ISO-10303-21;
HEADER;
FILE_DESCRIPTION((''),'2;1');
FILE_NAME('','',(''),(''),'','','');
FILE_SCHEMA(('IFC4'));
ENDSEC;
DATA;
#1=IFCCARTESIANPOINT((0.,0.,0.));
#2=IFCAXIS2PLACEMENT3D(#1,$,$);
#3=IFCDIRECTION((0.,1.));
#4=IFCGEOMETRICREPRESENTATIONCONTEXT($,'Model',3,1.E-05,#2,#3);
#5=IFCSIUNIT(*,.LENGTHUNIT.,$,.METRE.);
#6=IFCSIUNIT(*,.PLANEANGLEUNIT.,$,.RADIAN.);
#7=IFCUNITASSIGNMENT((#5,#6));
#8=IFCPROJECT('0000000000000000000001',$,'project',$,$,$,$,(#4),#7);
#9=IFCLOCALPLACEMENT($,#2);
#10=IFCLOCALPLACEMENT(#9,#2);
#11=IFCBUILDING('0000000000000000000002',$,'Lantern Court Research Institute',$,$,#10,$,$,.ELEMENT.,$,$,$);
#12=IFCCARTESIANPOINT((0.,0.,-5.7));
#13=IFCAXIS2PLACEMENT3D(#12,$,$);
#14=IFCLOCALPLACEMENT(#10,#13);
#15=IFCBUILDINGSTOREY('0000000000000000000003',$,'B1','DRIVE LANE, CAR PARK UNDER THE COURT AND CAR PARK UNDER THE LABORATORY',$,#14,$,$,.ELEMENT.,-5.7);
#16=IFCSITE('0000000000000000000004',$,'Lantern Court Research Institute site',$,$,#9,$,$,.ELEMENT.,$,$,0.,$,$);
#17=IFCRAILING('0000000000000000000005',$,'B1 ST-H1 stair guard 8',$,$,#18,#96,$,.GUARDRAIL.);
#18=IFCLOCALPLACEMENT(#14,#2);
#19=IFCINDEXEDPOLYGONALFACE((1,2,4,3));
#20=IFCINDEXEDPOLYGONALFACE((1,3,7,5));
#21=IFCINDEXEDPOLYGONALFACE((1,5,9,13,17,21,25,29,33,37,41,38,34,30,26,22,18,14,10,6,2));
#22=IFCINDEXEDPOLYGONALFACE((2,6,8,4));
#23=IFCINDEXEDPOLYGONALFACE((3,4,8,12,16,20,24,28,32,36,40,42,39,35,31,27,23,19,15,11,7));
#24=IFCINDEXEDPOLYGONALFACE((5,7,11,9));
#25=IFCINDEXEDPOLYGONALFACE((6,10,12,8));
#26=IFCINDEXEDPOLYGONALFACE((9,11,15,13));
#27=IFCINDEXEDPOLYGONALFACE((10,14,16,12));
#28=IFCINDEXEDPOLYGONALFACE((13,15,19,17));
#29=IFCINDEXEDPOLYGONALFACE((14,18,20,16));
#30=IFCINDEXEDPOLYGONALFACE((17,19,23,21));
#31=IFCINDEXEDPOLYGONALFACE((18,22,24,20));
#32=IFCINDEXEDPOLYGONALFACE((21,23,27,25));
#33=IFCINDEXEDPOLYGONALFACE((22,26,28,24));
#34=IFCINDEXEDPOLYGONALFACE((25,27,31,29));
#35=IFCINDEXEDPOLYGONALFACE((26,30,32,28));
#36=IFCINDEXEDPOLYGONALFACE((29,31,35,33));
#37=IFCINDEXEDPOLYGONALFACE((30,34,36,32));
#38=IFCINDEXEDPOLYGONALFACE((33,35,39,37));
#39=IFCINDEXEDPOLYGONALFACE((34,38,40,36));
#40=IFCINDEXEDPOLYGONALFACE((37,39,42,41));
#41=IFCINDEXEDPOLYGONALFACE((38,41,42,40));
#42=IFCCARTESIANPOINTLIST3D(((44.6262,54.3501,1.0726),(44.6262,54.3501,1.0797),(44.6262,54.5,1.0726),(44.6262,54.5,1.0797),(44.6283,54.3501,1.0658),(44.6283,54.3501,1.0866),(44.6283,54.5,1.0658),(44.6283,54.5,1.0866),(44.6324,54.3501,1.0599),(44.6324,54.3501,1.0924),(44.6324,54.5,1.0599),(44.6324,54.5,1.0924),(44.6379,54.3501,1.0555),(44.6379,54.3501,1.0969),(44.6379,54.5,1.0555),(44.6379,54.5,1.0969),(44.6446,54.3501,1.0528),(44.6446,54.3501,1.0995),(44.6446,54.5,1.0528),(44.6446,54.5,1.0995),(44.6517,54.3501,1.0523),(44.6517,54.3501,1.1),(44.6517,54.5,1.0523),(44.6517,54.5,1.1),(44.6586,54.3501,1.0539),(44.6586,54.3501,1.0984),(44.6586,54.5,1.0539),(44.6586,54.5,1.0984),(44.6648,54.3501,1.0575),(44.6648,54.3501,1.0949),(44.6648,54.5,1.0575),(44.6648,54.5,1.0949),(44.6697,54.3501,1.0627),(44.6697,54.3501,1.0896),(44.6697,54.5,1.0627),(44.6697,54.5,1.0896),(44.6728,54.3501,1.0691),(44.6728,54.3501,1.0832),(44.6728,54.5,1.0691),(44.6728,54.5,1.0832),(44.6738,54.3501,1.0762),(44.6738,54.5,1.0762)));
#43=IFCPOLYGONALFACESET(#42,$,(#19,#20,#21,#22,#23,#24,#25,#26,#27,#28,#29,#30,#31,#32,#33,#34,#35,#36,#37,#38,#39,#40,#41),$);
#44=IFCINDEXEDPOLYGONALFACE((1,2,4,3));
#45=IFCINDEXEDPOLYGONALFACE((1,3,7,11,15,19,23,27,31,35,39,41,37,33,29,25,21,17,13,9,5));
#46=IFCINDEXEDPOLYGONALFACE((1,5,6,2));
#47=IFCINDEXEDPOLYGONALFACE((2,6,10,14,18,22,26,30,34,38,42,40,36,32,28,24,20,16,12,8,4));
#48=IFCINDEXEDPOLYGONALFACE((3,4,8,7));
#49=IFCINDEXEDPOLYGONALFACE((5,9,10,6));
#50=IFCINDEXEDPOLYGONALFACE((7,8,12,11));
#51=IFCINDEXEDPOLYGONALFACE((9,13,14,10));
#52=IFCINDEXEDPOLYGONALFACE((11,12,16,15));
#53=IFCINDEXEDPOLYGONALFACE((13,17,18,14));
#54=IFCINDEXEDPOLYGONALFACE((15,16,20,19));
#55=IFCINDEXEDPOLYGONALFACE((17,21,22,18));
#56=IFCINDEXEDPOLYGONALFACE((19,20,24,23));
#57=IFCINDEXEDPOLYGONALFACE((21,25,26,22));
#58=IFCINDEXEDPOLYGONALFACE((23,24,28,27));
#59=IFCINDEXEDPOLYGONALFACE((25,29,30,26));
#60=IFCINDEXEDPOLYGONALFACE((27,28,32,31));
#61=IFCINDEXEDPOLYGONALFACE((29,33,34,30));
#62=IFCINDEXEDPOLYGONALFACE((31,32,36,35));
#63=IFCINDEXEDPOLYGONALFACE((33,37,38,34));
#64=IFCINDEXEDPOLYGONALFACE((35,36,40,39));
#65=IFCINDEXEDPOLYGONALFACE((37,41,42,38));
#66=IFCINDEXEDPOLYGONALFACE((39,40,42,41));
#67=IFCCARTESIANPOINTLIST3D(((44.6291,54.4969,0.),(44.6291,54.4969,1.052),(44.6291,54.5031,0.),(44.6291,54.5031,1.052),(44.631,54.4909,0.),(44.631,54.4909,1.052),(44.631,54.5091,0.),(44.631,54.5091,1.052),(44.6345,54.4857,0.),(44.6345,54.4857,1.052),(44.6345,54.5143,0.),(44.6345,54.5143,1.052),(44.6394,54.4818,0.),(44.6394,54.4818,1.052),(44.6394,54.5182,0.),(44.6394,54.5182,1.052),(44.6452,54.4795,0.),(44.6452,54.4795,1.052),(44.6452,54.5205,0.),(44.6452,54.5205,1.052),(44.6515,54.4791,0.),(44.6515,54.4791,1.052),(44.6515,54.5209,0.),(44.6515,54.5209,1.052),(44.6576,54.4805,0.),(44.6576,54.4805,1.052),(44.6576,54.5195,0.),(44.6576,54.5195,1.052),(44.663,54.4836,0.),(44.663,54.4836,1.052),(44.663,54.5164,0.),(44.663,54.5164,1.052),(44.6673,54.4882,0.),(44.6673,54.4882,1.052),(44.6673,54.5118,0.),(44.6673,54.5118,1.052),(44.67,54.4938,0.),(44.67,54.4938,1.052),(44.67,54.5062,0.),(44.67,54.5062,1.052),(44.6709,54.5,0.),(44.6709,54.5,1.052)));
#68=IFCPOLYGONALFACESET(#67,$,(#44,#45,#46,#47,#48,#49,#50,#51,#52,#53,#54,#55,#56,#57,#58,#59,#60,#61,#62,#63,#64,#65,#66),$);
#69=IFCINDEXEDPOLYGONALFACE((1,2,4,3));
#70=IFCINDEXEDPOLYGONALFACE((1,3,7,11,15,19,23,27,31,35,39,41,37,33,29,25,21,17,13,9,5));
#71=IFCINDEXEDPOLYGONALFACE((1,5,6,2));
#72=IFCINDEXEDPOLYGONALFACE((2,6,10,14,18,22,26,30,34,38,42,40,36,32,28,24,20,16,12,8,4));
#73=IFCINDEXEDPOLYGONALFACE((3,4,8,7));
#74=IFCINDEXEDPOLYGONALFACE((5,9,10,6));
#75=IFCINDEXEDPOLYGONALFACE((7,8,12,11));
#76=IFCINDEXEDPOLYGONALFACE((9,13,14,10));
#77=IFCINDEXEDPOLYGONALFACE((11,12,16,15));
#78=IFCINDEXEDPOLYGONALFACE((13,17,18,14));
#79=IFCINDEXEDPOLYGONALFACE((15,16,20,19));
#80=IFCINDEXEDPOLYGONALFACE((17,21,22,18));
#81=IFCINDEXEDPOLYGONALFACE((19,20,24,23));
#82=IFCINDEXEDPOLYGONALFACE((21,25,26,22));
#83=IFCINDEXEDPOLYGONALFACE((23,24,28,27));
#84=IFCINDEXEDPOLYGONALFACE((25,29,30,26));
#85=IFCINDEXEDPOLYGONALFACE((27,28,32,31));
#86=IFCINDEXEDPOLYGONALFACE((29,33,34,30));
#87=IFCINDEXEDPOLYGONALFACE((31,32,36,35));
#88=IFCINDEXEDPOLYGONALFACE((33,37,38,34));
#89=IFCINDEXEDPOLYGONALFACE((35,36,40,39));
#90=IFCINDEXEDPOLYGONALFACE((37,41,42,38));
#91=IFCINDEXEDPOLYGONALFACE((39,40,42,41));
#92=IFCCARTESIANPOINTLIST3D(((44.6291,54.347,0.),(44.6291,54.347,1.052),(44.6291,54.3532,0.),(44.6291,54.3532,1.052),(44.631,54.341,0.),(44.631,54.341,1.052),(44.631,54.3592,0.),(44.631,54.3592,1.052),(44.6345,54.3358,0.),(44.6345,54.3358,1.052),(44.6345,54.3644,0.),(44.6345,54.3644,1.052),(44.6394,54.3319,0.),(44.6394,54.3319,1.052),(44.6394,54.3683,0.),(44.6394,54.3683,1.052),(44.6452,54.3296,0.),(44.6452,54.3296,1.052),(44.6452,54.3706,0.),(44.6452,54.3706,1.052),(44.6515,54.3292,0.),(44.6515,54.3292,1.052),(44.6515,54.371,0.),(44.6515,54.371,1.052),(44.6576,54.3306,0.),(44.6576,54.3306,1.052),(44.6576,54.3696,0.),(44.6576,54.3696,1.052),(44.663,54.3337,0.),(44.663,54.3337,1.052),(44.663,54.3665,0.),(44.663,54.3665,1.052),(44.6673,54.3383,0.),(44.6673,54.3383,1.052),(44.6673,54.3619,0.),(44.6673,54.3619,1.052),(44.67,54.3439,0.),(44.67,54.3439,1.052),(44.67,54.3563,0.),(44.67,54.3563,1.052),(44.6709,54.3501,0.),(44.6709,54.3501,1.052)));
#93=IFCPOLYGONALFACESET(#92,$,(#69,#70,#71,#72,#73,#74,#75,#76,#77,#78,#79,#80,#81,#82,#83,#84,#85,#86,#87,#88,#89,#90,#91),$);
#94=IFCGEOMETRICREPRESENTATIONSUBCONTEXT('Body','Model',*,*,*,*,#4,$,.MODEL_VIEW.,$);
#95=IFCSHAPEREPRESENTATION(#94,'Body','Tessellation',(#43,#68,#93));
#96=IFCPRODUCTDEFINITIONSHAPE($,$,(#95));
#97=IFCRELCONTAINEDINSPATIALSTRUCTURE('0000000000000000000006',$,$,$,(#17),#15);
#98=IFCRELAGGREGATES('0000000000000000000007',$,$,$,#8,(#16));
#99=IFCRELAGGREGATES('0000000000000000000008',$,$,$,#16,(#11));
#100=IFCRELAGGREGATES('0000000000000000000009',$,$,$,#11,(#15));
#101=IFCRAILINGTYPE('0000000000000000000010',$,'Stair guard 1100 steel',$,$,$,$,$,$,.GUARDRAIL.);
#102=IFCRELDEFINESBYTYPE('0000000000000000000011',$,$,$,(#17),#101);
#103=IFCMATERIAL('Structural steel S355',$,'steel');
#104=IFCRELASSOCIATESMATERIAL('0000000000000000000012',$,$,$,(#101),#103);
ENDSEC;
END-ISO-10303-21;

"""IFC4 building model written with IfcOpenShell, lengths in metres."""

from ifc_helpers import new_model, si_unit, direction, frame, origin, origin_2d, place, context, subcontext, project, spatial, circle, extrude, material, type_object, element, save


model = new_model("IFC4")

# Units and contexts
model_context = context("Model", 3, precision=1e-05, world=origin(), true_north=direction((0.0, 1.0)))
body_context = subcontext(model_context, "Body", "Model", "MODEL_VIEW")
ifc_project = project(units=[si_unit("LENGTHUNIT", "METRE"), si_unit("PLANEANGLEUNIT", "RADIAN")], contexts=[model_context])

# Site, building, storey
site_placement = place(None, origin())
site = spatial("IfcSite", under=ifc_project, at=site_placement, Name="Lantern Court Research Institute site", CompositionType="ELEMENT", RefElevation=0.0)
building_placement = place(site_placement, origin())
building = spatial("IfcBuilding", under=site, at=building_placement, Name="Lantern Court Research Institute", CompositionType="ELEMENT")
storey_placement = place(building_placement, frame((0.0, 0.0, -5.7)))
storey = spatial("IfcBuildingStorey", under=building, at=storey_placement, Name="B1", Description="DRIVE LANE, CAR PARK UNDER THE COURT AND CAR PARK UNDER THE LABORATORY", CompositionType="ELEMENT", Elevation=-5.7)

# Railing
ifc_material_1 = material(Name="Structural steel S355", Category="steel")
railing_type_1 = type_object("IfcRailingType", Name="Stair guard 1100 steel", PredefinedType="GUARDRAIL", material=ifc_material_1)
railing_1_placement = place(storey_placement, frame((44.6499, 54.5, 0.0)))
element("IfcRailing", 1, at=railing_1_placement, inside=storey, type_object=railing_type_1, Name="B1 ST-H1 stair guard 8", PredefinedType="GUARDRAIL", context=body_context, shape_type="SweptSolid", body=[
    extrude(circle(Radius=0.0239, at=origin_2d()), frame((0.0, 0.0, 1.0762), z_axis=(0.0, -1.0, 0.0), x_axis=(1.0, 0.0, 0.0)), (0.0, 0.0, 1.0), 0.1499),
    extrude(circle(Radius=0.021, at=origin_2d()), origin(), (0.0, 0.0, 1.0), 1.052),
    extrude(circle(Radius=0.021, at=origin_2d()), frame((0.0, -0.1499, 0.0)), (0.0, 0.0, 1.0), 1.052),
])

save(model, "model.ifc")
